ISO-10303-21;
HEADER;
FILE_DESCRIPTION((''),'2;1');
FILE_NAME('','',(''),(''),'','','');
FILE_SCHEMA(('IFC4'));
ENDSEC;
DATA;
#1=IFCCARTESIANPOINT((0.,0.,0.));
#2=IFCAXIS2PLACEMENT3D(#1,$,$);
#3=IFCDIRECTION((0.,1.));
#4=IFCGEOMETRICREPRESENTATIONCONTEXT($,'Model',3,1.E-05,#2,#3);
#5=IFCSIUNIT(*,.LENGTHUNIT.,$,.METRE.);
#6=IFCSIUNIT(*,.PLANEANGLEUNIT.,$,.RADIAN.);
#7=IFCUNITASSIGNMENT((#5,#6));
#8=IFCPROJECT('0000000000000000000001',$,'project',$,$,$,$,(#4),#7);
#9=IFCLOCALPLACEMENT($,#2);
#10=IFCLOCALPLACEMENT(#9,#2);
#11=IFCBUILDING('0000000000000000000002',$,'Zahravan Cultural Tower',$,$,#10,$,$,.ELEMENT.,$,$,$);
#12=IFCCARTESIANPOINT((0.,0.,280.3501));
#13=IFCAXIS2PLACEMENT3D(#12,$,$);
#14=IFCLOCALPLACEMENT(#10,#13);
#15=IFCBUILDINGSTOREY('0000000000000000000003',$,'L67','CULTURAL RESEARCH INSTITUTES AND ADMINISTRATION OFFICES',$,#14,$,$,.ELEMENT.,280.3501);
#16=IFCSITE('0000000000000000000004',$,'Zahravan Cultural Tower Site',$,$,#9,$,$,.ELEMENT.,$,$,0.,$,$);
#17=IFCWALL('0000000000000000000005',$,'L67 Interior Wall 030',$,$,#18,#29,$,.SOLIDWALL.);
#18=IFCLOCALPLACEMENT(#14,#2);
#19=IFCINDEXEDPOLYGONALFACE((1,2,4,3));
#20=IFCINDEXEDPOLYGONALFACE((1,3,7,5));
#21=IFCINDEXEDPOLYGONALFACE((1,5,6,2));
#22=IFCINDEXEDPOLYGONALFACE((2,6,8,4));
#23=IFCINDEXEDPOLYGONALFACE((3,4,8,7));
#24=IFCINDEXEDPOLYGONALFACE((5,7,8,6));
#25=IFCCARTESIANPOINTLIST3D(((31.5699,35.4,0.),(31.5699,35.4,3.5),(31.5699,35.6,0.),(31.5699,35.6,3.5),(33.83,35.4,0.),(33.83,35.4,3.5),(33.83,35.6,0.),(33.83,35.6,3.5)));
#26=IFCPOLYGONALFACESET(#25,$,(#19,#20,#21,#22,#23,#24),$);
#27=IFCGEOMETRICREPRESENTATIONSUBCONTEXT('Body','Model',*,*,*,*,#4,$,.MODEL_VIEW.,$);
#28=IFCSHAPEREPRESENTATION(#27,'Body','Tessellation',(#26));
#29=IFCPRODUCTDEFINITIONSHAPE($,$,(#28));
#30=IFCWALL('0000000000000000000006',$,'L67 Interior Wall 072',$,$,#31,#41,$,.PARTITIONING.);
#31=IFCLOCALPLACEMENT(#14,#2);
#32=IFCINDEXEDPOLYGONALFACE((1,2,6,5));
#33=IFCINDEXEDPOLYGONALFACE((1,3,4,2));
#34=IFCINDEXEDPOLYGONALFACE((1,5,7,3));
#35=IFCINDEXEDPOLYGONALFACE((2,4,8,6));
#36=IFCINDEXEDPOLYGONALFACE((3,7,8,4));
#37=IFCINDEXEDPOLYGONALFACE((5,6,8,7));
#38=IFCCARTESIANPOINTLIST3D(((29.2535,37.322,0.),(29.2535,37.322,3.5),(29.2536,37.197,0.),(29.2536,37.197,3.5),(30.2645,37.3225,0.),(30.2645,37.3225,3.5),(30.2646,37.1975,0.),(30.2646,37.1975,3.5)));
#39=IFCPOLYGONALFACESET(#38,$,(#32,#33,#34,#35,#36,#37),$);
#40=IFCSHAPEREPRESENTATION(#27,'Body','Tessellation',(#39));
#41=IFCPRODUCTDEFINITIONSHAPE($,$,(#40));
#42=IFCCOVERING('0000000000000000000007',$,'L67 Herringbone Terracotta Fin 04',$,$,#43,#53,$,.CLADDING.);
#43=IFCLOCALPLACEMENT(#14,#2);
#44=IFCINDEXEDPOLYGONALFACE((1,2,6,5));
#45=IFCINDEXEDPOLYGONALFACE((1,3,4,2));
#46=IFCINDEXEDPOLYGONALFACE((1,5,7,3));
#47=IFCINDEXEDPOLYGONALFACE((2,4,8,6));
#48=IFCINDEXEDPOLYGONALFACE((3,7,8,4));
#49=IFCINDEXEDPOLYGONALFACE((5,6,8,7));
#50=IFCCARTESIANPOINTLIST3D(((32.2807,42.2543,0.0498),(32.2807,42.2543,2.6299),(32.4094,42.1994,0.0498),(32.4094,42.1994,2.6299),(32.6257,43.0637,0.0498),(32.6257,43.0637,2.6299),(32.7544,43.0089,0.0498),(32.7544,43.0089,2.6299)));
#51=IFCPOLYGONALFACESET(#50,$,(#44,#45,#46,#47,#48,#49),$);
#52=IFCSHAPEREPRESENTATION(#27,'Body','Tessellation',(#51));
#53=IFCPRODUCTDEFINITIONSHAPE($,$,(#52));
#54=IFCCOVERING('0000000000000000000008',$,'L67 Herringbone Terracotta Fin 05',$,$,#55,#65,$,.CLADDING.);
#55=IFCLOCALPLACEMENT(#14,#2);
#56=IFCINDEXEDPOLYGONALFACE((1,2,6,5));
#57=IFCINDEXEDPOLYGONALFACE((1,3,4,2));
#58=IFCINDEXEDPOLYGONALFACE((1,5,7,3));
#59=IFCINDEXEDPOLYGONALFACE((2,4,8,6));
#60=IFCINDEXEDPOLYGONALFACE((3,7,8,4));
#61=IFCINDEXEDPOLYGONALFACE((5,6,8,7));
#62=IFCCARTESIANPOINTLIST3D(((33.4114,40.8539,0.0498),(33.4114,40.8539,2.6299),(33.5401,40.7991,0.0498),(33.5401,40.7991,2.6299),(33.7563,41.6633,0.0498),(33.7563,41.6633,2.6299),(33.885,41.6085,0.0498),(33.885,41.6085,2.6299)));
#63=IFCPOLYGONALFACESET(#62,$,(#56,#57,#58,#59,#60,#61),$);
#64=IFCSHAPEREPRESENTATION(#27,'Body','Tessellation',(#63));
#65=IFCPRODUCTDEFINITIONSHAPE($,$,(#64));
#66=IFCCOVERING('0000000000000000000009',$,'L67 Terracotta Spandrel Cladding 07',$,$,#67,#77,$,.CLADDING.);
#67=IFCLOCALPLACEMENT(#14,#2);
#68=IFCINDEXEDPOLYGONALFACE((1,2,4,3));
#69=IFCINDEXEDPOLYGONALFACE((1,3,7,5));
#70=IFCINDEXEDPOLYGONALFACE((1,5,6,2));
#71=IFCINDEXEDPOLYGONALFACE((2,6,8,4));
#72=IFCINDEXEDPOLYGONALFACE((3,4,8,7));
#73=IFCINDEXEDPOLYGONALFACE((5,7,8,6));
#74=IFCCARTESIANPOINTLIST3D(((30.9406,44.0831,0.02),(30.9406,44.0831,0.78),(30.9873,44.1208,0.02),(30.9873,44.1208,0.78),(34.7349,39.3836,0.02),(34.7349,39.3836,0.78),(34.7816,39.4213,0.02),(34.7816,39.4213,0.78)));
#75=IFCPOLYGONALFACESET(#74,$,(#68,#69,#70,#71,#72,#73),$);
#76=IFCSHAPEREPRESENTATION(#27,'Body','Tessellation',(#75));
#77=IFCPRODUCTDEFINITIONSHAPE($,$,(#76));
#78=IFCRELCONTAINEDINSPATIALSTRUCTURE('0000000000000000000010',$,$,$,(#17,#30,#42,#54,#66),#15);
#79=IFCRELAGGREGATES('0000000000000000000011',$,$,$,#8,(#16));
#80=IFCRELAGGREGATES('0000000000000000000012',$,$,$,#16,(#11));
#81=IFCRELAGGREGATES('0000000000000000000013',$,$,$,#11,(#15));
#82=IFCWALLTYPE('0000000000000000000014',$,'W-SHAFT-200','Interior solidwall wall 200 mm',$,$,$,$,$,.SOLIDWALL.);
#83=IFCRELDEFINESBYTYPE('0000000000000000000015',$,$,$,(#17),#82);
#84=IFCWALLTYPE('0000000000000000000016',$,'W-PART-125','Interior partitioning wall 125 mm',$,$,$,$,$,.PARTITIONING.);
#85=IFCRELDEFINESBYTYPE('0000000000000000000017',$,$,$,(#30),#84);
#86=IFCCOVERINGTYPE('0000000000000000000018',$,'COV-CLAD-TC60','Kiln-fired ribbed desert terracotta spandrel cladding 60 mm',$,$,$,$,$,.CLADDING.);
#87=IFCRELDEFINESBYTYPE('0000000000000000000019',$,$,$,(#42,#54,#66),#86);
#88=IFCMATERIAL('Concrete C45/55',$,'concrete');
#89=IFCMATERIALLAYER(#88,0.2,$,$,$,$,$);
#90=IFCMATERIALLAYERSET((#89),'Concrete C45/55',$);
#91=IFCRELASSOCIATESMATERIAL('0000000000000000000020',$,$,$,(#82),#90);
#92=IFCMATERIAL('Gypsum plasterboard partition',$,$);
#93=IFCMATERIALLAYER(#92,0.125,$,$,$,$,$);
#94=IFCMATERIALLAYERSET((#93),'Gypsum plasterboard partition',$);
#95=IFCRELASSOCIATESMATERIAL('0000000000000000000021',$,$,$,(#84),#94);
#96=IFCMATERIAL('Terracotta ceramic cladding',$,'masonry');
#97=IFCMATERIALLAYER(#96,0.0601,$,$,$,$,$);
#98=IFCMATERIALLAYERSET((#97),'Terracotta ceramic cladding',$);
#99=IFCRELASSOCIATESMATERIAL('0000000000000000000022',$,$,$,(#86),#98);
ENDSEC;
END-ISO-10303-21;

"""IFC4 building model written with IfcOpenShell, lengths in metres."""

from ifc_helpers import new_model, si_unit, direction, frame, frame_2d, origin, origin_2d, place, context, subcontext, project, spatial, rectangle, extrude, source, transform, mapped, material, layer, layer_set, type_object, element, save


model = new_model("IFC4")

# Units and contexts
model_context = context("Model", 3, precision=1e-05, world=origin(), true_north=direction((0.0, 1.0)))
body_context = subcontext(model_context, "Body", "Model", "MODEL_VIEW")
ifc_project = project(units=[si_unit("LENGTHUNIT", "METRE"), si_unit("PLANEANGLEUNIT", "RADIAN")], contexts=[model_context])

# Site, building, storey
site_placement = place(None, origin())
site = spatial("IfcSite", under=ifc_project, at=site_placement, Name="Zahravan Cultural Tower Site", CompositionType="ELEMENT", RefElevation=0.0)
building_placement = place(site_placement, origin())
building = spatial("IfcBuilding", under=site, at=building_placement, Name="Zahravan Cultural Tower", CompositionType="ELEMENT")
storey_placement = place(building_placement, frame((0.0, 0.0, 280.3501)))
storey = spatial("IfcBuildingStorey", under=building, at=storey_placement, Name="L67", Description="CULTURAL RESEARCH INSTITUTES AND ADMINISTRATION OFFICES", CompositionType="ELEMENT", Elevation=280.3501)

# Shared definitions
ifc_material_1 = material(Name="Concrete C45/55", Category="concrete")

# Shared definitions
ifc_material_2 = material(Name="Gypsum plasterboard partition")

# Walls
ifc_layer_1 = layer(ifc_material_1, 0.2)
ifc_layer_set_1 = layer_set([ifc_layer_1], Name="Concrete C45/55")
wall_type_1 = type_object("IfcWallType", Name="W-SHAFT-200", Description="Interior solidwall wall 200 mm", PredefinedType="SOLIDWALL", material=ifc_layer_set_1)
shared_shape_1 = source(origin(), body_context, "Body", "SweptSolid", [
    extrude(rectangle(XDim=2.26, YDim=0.2, at=frame_2d((1.1299, 0.0))), origin(), (0.0, 0.0, 1.0), 3.5),
])
wall_1_placement = place(storey_placement, frame((31.5701, 35.5, 0.0), z_axis=(0.0, 0.0, 1.0), x_axis=(1.0, 0.0, 0.0)))
element("IfcWall", 1, at=wall_1_placement, inside=storey, type_object=wall_type_1, Name="L67 Interior Wall 030", PredefinedType="SOLIDWALL", context=body_context, shape_type="MappedRepresentation", body=[
    mapped(shared_shape_1, transform((0.0, 0.0, 0.0), x_axis=(1.0, 0.0, 0.0), y_axis=(0.0, 1.0, 0.0), z_axis=(0.0, 0.0, 1.0), scale=1.0)),
])
ifc_layer_2 = layer(ifc_material_2, 0.125)
ifc_layer_set_2 = layer_set([ifc_layer_2], Name="Gypsum plasterboard partition")
wall_type_2 = type_object("IfcWallType", Name="W-PART-125", Description="Interior partitioning wall 125 mm", PredefinedType="PARTITIONING", material=ifc_layer_set_2)
shared_shape_2 = source(origin(), body_context, "Body", "SweptSolid", [
    extrude(rectangle(XDim=1.011, YDim=0.125, at=frame_2d((0.5054, 0.0))), origin(), (0.0, 0.0, 1.0), 3.5),
])
wall_2_placement = place(storey_placement, frame((30.2644, 37.26, 0.0), z_axis=(0.0, 0.0, 1.0), x_axis=(-1.0, -0.000483, 0.0)))
element("IfcWall", 2, at=wall_2_placement, inside=storey, type_object=wall_type_2, Name="L67 Interior Wall 072", PredefinedType="PARTITIONING", context=body_context, shape_type="MappedRepresentation", body=[
    mapped(shared_shape_2, transform((0.0, 0.0, 0.0), x_axis=(1.0, 0.0, 0.0), y_axis=(0.0, 1.0, 0.0), z_axis=(0.0, 0.0, 1.0), scale=1.0)),
])

# Coverings
ifc_material_3 = material(Name="Terracotta ceramic cladding", Category="masonry")
ifc_layer_3 = layer(ifc_material_3, 0.0601)
ifc_layer_set_3 = layer_set([ifc_layer_3], Name="Terracotta ceramic cladding")
covering_type = type_object("IfcCoveringType", Name="COV-CLAD-TC60", Description="Kiln-fired ribbed desert terracotta spandrel cladding 60 mm", PredefinedType="CLADDING", material=ifc_layer_set_3)
shared_shape_3 = source(origin(), body_context, "Body", "SweptSolid", [
    extrude(rectangle(XDim=0.8799, YDim=0.1399, at=origin_2d()), origin(), (0.0, 0.0, 1.0), 2.5801),
])
for number, where, z_axis, x_axis, name in (
    (3, (32.5176, 42.6316, 0.0498), (0.0, 0.0, 1.0), (0.392064, 0.919938, 0.0), "L67 Herringbone Terracotta Fin 04"),
    (4, (33.6482, 41.2312, 0.0498), (0.0, 0.0, 1.0), (0.392064, 0.919938, 0.0), "L67 Herringbone Terracotta Fin 05"),
):
    element("IfcCovering", number, at=place(storey_placement, frame(where, z_axis=z_axis, x_axis=x_axis)), inside=storey, type_object=covering_type, Name=name, PredefinedType="CLADDING", context=body_context, shape_type="MappedRepresentation", body=[
        mapped(shared_shape_3, transform((0.0, 0.0, 0.0), x_axis=(1.0, 0.0, 0.0), y_axis=(0.0, 1.0, 0.0), z_axis=(0.0, 0.0, 1.0), scale=1.0)),
    ])
shared_shape_4 = source(origin(), body_context, "Body", "SweptSolid", [
    extrude(rectangle(XDim=6.04, YDim=0.0601, at=origin_2d()), origin(), (0.0, 0.0, 1.0), 0.76),
])
covering_placement = place(storey_placement, frame((32.8611, 41.7522, 0.02), z_axis=(0.0, 0.0, 1.0), x_axis=(0.628194, -0.778057, 0.0)))
element("IfcCovering", 5, at=covering_placement, inside=storey, type_object=covering_type, Name="L67 Terracotta Spandrel Cladding 07", PredefinedType="CLADDING", context=body_context, shape_type="MappedRepresentation", body=[
    mapped(shared_shape_4, transform((0.0, 0.0, 0.0), x_axis=(1.0, 0.0, 0.0), y_axis=(0.0, 1.0, 0.0), z_axis=(0.0, 0.0, 1.0), scale=1.0)),
])

save(model, "model.ifc")
